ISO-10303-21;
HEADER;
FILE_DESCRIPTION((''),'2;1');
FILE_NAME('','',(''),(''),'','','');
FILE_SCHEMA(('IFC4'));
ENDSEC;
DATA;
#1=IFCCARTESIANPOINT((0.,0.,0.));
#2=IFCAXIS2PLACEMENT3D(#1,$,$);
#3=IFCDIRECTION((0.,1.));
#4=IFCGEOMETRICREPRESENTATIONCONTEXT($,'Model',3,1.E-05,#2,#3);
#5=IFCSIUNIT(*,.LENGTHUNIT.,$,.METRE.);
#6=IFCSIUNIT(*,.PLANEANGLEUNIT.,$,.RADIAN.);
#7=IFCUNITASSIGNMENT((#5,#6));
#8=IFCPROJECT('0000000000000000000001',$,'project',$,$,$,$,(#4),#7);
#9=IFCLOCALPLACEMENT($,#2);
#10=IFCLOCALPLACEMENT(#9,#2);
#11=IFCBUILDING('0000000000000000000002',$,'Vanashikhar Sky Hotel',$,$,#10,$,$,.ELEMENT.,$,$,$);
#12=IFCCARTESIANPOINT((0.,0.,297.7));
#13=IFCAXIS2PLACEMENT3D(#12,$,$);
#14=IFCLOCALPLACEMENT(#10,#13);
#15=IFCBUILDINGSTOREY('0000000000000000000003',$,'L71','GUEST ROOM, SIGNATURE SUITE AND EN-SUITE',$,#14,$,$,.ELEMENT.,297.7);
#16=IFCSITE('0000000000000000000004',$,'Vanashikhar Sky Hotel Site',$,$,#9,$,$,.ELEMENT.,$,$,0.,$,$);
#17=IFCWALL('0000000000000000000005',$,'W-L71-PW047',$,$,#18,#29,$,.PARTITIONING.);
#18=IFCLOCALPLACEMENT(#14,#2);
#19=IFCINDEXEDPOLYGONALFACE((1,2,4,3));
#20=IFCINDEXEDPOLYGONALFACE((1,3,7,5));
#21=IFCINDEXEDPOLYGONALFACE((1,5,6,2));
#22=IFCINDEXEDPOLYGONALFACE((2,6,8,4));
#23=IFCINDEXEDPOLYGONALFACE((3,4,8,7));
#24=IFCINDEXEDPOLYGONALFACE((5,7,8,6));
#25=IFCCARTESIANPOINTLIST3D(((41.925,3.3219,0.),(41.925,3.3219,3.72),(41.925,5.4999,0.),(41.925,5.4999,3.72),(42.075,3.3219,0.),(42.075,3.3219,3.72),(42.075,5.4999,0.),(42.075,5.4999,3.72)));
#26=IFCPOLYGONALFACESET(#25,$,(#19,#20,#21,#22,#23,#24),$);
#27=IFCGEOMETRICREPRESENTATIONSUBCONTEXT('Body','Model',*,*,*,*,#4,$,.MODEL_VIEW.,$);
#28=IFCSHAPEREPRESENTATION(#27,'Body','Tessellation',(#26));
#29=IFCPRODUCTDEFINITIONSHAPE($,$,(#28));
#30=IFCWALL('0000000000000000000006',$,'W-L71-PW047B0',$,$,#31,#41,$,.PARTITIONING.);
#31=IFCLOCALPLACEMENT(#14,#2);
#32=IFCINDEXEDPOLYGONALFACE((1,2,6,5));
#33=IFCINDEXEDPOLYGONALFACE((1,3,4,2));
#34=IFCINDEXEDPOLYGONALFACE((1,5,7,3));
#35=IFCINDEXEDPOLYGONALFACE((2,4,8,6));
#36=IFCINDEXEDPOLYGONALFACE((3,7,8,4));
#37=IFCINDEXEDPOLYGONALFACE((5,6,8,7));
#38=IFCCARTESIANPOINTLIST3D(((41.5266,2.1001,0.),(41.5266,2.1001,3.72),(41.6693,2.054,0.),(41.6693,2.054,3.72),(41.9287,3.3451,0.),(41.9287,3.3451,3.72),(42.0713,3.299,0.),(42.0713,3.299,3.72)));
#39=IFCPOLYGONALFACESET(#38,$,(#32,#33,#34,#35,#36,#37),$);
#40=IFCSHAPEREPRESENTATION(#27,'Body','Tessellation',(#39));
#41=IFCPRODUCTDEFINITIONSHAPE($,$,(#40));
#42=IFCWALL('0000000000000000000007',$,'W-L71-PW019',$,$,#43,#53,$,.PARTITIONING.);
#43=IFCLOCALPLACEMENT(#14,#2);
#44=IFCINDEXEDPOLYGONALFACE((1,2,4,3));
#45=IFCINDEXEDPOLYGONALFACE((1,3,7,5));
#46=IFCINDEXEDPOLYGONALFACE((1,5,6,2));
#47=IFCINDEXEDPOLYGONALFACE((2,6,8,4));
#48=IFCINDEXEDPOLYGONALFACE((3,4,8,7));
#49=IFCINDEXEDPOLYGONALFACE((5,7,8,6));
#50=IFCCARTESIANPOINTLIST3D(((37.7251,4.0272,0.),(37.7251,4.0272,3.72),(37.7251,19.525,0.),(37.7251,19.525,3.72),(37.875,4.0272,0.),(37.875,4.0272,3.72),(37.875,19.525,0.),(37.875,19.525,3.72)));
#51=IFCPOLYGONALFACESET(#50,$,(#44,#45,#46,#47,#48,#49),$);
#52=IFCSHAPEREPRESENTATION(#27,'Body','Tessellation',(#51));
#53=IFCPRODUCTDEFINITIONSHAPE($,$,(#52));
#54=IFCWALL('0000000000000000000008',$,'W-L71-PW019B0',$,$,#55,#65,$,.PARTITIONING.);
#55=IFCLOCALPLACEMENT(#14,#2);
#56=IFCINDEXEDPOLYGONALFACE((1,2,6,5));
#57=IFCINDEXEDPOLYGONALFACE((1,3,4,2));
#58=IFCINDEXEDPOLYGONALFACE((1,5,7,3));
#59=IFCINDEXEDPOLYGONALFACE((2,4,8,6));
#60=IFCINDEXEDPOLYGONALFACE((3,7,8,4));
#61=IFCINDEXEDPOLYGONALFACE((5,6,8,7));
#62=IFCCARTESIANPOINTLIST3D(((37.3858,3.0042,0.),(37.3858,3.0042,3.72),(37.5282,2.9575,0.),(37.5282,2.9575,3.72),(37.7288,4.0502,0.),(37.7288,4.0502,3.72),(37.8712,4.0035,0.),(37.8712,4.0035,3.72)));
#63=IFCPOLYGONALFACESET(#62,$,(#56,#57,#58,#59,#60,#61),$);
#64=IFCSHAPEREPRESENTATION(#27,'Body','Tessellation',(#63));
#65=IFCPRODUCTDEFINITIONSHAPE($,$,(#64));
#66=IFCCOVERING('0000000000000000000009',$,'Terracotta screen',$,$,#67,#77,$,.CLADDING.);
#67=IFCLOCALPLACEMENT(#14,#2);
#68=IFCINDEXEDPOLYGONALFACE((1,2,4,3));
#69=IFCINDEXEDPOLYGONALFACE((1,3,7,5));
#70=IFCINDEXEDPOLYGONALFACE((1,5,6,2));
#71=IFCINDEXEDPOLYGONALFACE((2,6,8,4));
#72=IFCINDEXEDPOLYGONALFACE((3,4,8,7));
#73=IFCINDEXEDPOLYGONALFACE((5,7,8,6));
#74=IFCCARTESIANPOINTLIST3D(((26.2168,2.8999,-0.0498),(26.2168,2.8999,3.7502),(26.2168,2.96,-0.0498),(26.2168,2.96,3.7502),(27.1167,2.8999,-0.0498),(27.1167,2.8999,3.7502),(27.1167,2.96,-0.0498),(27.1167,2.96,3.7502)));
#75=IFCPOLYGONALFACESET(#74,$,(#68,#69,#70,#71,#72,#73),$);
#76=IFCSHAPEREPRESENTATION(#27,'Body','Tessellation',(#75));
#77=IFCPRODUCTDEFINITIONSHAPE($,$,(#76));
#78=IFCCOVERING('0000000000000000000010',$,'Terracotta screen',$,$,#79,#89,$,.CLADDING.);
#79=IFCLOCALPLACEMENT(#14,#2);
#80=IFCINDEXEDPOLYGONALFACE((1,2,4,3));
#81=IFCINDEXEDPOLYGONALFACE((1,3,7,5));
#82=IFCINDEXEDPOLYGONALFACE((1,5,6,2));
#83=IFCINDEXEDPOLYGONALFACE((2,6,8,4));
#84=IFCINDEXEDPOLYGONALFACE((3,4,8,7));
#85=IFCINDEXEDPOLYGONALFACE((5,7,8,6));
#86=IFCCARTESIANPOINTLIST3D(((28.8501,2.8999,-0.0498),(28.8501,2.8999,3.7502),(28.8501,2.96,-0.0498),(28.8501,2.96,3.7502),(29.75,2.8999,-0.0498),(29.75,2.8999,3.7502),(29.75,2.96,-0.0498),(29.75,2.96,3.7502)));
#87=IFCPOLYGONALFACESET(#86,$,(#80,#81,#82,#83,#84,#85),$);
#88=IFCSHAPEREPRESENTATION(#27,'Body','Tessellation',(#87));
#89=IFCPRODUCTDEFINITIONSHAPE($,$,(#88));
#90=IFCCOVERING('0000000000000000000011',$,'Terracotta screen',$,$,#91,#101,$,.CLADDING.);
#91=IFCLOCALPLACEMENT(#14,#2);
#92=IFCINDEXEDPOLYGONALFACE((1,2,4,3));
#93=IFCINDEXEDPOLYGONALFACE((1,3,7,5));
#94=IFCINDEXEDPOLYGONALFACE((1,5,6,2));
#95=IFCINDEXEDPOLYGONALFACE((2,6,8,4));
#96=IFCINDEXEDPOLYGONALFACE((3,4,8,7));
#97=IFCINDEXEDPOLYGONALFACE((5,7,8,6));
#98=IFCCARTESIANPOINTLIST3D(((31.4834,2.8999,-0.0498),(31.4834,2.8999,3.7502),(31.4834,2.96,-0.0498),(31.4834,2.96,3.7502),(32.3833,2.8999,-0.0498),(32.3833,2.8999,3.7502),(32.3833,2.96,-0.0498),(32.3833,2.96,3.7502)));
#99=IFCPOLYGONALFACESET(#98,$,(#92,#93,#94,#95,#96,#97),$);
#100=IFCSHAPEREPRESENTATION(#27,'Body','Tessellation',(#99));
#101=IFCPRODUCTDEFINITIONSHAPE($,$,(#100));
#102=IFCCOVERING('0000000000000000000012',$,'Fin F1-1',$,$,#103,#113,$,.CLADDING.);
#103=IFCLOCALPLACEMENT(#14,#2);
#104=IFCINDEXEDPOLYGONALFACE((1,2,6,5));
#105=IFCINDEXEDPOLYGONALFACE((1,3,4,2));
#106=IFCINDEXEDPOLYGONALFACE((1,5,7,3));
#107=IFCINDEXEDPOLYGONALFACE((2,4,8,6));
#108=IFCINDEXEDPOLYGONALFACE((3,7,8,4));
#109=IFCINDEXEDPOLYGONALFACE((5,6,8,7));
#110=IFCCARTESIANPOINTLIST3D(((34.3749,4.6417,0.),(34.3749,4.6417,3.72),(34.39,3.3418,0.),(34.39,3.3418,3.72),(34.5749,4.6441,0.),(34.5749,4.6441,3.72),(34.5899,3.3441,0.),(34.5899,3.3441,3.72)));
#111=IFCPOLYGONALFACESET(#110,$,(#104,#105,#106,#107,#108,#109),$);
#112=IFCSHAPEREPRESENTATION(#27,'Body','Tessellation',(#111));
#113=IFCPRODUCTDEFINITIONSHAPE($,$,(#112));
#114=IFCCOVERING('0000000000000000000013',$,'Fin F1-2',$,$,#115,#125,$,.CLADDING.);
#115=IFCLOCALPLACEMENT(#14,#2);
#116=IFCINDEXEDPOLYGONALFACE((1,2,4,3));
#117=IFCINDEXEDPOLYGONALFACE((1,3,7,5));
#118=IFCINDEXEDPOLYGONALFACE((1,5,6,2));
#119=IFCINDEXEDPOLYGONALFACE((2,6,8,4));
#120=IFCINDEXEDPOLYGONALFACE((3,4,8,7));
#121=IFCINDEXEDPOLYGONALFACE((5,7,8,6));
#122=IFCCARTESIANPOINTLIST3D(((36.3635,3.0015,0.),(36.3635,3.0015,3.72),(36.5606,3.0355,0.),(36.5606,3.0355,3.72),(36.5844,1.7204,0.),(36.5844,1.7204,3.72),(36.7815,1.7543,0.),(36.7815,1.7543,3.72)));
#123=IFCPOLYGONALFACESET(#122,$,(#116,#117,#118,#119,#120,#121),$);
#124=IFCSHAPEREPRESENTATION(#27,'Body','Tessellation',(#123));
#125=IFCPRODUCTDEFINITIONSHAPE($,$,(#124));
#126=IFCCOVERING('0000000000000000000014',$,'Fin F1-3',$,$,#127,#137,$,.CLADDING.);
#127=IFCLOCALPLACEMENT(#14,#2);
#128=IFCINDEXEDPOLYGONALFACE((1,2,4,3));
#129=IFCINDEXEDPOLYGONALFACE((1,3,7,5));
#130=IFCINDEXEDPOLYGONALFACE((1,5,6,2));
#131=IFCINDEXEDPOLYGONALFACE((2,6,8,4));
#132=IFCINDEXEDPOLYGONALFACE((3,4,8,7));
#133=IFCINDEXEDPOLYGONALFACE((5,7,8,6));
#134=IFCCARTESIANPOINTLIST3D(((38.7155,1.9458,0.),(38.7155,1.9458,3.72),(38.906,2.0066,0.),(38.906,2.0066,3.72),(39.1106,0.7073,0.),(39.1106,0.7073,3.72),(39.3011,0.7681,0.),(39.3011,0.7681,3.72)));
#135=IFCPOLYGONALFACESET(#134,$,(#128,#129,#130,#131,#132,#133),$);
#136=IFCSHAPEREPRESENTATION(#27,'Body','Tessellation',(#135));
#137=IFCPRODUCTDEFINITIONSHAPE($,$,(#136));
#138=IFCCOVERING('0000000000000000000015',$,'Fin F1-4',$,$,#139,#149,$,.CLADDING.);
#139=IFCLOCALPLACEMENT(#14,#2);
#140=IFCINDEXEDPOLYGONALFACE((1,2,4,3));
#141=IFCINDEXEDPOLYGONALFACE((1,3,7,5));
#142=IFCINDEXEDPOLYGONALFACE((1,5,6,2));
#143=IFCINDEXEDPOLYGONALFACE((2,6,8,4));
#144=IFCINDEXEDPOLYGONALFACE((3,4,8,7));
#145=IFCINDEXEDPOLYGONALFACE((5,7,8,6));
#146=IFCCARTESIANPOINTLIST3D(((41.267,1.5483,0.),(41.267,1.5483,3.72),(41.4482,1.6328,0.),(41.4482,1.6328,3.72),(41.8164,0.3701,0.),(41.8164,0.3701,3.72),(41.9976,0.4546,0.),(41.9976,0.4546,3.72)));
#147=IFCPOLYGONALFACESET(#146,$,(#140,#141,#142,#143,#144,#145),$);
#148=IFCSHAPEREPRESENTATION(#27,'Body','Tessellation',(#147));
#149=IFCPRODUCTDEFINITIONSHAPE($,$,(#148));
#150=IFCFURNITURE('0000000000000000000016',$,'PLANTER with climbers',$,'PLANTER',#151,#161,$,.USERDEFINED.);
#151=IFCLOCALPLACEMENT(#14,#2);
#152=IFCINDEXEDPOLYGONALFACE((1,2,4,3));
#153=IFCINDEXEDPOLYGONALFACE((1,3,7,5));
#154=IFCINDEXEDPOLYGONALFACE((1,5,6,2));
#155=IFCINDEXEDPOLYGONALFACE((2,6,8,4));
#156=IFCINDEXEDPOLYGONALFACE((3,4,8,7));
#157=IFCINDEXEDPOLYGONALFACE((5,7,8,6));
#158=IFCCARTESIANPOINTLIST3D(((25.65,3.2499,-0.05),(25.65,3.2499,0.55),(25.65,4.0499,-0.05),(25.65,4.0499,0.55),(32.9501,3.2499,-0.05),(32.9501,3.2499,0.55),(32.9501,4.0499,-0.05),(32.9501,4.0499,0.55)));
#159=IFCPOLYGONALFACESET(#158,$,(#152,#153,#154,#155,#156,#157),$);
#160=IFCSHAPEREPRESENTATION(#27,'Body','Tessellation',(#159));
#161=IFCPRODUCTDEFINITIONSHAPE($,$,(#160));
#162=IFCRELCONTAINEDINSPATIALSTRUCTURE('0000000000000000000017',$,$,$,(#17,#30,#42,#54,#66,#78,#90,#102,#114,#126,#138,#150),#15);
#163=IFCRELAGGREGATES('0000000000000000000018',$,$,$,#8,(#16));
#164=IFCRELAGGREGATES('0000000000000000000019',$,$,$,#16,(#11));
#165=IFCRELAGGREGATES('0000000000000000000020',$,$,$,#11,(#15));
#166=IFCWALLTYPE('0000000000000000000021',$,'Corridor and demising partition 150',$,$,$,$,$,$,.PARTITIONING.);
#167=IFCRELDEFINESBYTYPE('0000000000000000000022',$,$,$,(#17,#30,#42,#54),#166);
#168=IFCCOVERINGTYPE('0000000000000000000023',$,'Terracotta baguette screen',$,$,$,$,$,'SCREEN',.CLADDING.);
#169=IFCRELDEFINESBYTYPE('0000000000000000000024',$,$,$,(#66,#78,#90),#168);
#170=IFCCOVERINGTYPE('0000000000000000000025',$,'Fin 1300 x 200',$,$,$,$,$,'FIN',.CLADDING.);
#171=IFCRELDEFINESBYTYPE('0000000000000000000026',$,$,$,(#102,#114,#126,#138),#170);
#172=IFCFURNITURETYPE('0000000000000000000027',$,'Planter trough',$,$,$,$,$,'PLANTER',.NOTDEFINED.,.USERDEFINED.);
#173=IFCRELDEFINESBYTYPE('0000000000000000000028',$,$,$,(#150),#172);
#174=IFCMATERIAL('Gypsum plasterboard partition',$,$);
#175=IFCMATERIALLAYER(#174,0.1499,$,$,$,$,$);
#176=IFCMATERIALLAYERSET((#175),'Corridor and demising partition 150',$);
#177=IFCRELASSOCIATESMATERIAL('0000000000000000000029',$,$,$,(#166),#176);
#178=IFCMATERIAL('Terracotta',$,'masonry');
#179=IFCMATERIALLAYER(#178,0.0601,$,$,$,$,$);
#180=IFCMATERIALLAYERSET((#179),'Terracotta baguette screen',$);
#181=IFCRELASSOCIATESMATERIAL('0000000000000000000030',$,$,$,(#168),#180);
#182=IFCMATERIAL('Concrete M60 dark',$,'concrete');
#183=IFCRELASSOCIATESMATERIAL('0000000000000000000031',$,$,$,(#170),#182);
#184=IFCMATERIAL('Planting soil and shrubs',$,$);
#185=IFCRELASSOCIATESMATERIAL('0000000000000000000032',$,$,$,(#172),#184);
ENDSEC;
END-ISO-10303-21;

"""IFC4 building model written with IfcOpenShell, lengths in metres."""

from ifc_helpers import new_model, si_unit, direction, frame, frame_2d, origin, origin_2d, place, context, subcontext, project, spatial, rectangle, extrude, source, transform, mapped, material, layer, layer_set, material_profile, profile_set, type_object, element, save


model = new_model("IFC4")

# Units and contexts
model_context = context("Model", 3, precision=1e-05, world=origin(), true_north=direction((0.0, 1.0)))
body_context = subcontext(model_context, "Body", "Model", "MODEL_VIEW")
ifc_project = project(units=[si_unit("LENGTHUNIT", "METRE"), si_unit("PLANEANGLEUNIT", "RADIAN")], contexts=[model_context])

# Site, building, storey
site_placement = place(None, origin())
site = spatial("IfcSite", under=ifc_project, at=site_placement, Name="Vanashikhar Sky Hotel Site", CompositionType="ELEMENT", RefElevation=0.0)
building_placement = place(site_placement, origin())
building = spatial("IfcBuilding", under=site, at=building_placement, Name="Vanashikhar Sky Hotel", CompositionType="ELEMENT")
storey_placement = place(building_placement, frame((0.0, 0.0, 297.7)))
storey = spatial("IfcBuildingStorey", under=building, at=storey_placement, Name="L71", Description="GUEST ROOM, SIGNATURE SUITE AND EN-SUITE", CompositionType="ELEMENT", Elevation=297.7)

# Walls
ifc_material_1 = material(Name="Gypsum plasterboard partition")
ifc_layer_1 = layer(ifc_material_1, 0.1499)
ifc_layer_set_1 = layer_set([ifc_layer_1], Name="Corridor and demising partition 150")
wall_type_1 = type_object("IfcWallType", Name="Corridor and demising partition 150", PredefinedType="PARTITIONING", material=ifc_layer_set_1)
shared_shape_1 = source(origin(), body_context, "Body", "SweptSolid", [
    extrude(rectangle(XDim=2.178, YDim=0.1499, at=frame_2d((1.0889, 0.0))), origin(), (0.0, 0.0, 1.0), 3.72),
])
wall_1_placement = place(storey_placement, frame((42.0, 3.322, 0.0), z_axis=(0.0, 0.0, 1.0), x_axis=(0.0, 1.0, 0.0)))
element("IfcWall", 1, at=wall_1_placement, inside=storey, type_object=wall_type_1, Name="W-L71-PW047", PredefinedType="PARTITIONING", context=body_context, shape_type="MappedRepresentation", body=[
    mapped(shared_shape_1, transform((0.0, 0.0, 0.0), scale=1.0)),
])
shared_shape_2 = source(origin(), body_context, "Body", "SweptSolid", [
    extrude(rectangle(XDim=1.3083, YDim=0.1499, at=frame_2d((0.6543, 0.0))), origin(), (0.0, 0.0, 1.0), 3.72),
])
wall_2_placement = place(storey_placement, frame((41.5979, 2.0769, 0.0), z_axis=(0.0, 0.0, 1.0), x_axis=(0.307314, 0.951608, 0.0)))
element("IfcWall", 2, at=wall_2_placement, inside=storey, type_object=wall_type_1, Name="W-L71-PW047B0", PredefinedType="PARTITIONING", context=body_context, shape_type="MappedRepresentation", body=[
    mapped(shared_shape_2, transform((0.0, 0.0, 0.0), scale=1.0)),
])
shared_shape_3 = source(origin(), body_context, "Body", "SweptSolid", [
    extrude(rectangle(XDim=15.4978, YDim=0.1499, at=frame_2d((7.749, 0.0))), origin(), (0.0, 0.0, 1.0), 3.72),
])
wall_3_placement = place(storey_placement, frame((37.8, 4.0271, 0.0), z_axis=(0.0, 0.0, 1.0), x_axis=(0.0, 1.0, 0.0)))
element("IfcWall", 3, at=wall_3_placement, inside=storey, type_object=wall_type_1, Name="W-L71-PW019", PredefinedType="PARTITIONING", context=body_context, shape_type="MappedRepresentation", body=[
    mapped(shared_shape_3, transform((0.0, 0.0, 0.0), scale=1.0)),
])
shared_shape_4 = source(origin(), body_context, "Body", "SweptSolid", [
    extrude(rectangle(XDim=1.1008, YDim=0.1499, at=frame_2d((0.5503, 0.0))), origin(), (0.0, 0.0, 1.0), 3.72),
])
wall_4_placement = place(storey_placement, frame((37.457, 2.981, 0.0), z_axis=(0.0, 0.0, 1.0), x_axis=(0.311567, 0.950224, 0.0)))
element("IfcWall", 4, at=wall_4_placement, inside=storey, type_object=wall_type_1, Name="W-L71-PW019B0", PredefinedType="PARTITIONING", context=body_context, shape_type="MappedRepresentation", body=[
    mapped(shared_shape_4, transform((0.0, 0.0, 0.0), scale=1.0)),
])

# Coverings
ifc_material_2 = material(Name="Terracotta", Category="masonry")
ifc_layer_2 = layer(ifc_material_2, 0.0601)
ifc_layer_set_2 = layer_set([ifc_layer_2], Name="Terracotta baguette screen")
covering_type_1 = type_object("IfcCoveringType", Name="Terracotta baguette screen", ElementType="SCREEN", PredefinedType="CLADDING", material=ifc_layer_set_2)
shared_shape_5 = source(origin(), body_context, "Body", "SweptSolid", [
    extrude(rectangle(XDim=0.8999, YDim=0.0601, at=origin_2d()), origin(), (0.0, 0.0, 1.0), 3.8),
])
for number, where, z_axis, x_axis, name in (
    (5, (26.6667, 2.9299, -0.0498), (0.0, 0.0, 1.0), (1.0, 0.0, 0.0), "Terracotta screen"),
    (6, (29.3, 2.9299, -0.0498), (0.0, 0.0, 1.0), (1.0, 0.0, 0.0), "Terracotta screen"),
    (7, (31.9333, 2.9299, -0.0498), (0.0, 0.0, 1.0), (1.0, 0.0, 0.0), "Terracotta screen"),
):
    element("IfcCovering", number, at=place(storey_placement, frame(where, z_axis=z_axis, x_axis=x_axis)), inside=storey, type_object=covering_type_1, Name=name, PredefinedType="CLADDING", context=body_context, shape_type="MappedRepresentation", body=[
        mapped(shared_shape_5, transform((0.0, 0.0, 0.0), scale=1.0)),
    ])
ifc_material_3 = material(Name="Concrete M60 dark", Category="concrete")
ifc_material_profile = material_profile(ifc_material_3, rectangle(XDim=1.3, YDim=0.2, at=origin_2d()))
ifc_profile_set = profile_set([ifc_material_profile], Name="Fin 1300 x 200")
covering_type_2 = type_object("IfcCoveringType", Name="Fin 1300 x 200", ElementType="FIN", PredefinedType="CLADDING", material=ifc_profile_set)
shared_shape_6 = source(origin(), body_context, "Body", "SweptSolid", [
    extrude(rectangle(XDim=1.3, YDim=0.2, at=origin_2d()), origin(), (0.0, 0.0, 1.0), 3.72),
])
for number, where, z_axis, x_axis, name in (
    (8, (34.4824, 3.9929, 0.0), (0.0, 0.0, 1.0), (0.011589, -0.999933, 0.0), "Fin F1-1"),
    (9, (36.5725, 2.3779, 0.0), (0.0, 0.0, 1.0), (0.1699, -0.985461, 0.0), "Fin F1-2"),
    (10, (39.0083, 1.3569, 0.0), (0.0, 0.0, 1.0), (0.303967, -0.952683, 0.0), "Fin F1-3"),
    (11, (41.6323, 1.0015, 0.0), (0.0, 0.0, 1.0), (0.422618, -0.906308, 0.0), "Fin F1-4"),
):
    element("IfcCovering", number, at=place(storey_placement, frame(where, z_axis=z_axis, x_axis=x_axis)), inside=storey, type_object=covering_type_2, Name=name, PredefinedType="CLADDING", context=body_context, shape_type="MappedRepresentation", body=[
        mapped(shared_shape_6, transform((0.0, 0.0, 0.0), scale=1.0)),
    ])

# Furniture
ifc_material_4 = material(Name="Planting soil and shrubs")
furniture_type = type_object("IfcFurnitureType", Name="Planter trough", ElementType="PLANTER", AssemblyPlace="NOTDEFINED", PredefinedType="USERDEFINED", material=ifc_material_4)
shared_shape_7 = source(origin(), body_context, "Body", "SweptSolid", [
    extrude(rectangle(XDim=7.3, YDim=0.8, at=origin_2d()), origin(), (0.0, 0.0, 1.0), 0.6001),
])
furniture_placement = place(storey_placement, frame((29.3, 3.6499, -0.05), z_axis=(0.0, 0.0, 1.0), x_axis=(1.0, 0.0, 0.0)))
element("IfcFurniture", 12, at=furniture_placement, inside=storey, type_object=furniture_type, Name="PLANTER with climbers", ObjectType="PLANTER", PredefinedType="USERDEFINED", context=body_context, shape_type="MappedRepresentation", body=[
    mapped(shared_shape_7, transform((0.0, 0.0, 0.0), scale=1.0)),
])

save(model, "model.ifc")
